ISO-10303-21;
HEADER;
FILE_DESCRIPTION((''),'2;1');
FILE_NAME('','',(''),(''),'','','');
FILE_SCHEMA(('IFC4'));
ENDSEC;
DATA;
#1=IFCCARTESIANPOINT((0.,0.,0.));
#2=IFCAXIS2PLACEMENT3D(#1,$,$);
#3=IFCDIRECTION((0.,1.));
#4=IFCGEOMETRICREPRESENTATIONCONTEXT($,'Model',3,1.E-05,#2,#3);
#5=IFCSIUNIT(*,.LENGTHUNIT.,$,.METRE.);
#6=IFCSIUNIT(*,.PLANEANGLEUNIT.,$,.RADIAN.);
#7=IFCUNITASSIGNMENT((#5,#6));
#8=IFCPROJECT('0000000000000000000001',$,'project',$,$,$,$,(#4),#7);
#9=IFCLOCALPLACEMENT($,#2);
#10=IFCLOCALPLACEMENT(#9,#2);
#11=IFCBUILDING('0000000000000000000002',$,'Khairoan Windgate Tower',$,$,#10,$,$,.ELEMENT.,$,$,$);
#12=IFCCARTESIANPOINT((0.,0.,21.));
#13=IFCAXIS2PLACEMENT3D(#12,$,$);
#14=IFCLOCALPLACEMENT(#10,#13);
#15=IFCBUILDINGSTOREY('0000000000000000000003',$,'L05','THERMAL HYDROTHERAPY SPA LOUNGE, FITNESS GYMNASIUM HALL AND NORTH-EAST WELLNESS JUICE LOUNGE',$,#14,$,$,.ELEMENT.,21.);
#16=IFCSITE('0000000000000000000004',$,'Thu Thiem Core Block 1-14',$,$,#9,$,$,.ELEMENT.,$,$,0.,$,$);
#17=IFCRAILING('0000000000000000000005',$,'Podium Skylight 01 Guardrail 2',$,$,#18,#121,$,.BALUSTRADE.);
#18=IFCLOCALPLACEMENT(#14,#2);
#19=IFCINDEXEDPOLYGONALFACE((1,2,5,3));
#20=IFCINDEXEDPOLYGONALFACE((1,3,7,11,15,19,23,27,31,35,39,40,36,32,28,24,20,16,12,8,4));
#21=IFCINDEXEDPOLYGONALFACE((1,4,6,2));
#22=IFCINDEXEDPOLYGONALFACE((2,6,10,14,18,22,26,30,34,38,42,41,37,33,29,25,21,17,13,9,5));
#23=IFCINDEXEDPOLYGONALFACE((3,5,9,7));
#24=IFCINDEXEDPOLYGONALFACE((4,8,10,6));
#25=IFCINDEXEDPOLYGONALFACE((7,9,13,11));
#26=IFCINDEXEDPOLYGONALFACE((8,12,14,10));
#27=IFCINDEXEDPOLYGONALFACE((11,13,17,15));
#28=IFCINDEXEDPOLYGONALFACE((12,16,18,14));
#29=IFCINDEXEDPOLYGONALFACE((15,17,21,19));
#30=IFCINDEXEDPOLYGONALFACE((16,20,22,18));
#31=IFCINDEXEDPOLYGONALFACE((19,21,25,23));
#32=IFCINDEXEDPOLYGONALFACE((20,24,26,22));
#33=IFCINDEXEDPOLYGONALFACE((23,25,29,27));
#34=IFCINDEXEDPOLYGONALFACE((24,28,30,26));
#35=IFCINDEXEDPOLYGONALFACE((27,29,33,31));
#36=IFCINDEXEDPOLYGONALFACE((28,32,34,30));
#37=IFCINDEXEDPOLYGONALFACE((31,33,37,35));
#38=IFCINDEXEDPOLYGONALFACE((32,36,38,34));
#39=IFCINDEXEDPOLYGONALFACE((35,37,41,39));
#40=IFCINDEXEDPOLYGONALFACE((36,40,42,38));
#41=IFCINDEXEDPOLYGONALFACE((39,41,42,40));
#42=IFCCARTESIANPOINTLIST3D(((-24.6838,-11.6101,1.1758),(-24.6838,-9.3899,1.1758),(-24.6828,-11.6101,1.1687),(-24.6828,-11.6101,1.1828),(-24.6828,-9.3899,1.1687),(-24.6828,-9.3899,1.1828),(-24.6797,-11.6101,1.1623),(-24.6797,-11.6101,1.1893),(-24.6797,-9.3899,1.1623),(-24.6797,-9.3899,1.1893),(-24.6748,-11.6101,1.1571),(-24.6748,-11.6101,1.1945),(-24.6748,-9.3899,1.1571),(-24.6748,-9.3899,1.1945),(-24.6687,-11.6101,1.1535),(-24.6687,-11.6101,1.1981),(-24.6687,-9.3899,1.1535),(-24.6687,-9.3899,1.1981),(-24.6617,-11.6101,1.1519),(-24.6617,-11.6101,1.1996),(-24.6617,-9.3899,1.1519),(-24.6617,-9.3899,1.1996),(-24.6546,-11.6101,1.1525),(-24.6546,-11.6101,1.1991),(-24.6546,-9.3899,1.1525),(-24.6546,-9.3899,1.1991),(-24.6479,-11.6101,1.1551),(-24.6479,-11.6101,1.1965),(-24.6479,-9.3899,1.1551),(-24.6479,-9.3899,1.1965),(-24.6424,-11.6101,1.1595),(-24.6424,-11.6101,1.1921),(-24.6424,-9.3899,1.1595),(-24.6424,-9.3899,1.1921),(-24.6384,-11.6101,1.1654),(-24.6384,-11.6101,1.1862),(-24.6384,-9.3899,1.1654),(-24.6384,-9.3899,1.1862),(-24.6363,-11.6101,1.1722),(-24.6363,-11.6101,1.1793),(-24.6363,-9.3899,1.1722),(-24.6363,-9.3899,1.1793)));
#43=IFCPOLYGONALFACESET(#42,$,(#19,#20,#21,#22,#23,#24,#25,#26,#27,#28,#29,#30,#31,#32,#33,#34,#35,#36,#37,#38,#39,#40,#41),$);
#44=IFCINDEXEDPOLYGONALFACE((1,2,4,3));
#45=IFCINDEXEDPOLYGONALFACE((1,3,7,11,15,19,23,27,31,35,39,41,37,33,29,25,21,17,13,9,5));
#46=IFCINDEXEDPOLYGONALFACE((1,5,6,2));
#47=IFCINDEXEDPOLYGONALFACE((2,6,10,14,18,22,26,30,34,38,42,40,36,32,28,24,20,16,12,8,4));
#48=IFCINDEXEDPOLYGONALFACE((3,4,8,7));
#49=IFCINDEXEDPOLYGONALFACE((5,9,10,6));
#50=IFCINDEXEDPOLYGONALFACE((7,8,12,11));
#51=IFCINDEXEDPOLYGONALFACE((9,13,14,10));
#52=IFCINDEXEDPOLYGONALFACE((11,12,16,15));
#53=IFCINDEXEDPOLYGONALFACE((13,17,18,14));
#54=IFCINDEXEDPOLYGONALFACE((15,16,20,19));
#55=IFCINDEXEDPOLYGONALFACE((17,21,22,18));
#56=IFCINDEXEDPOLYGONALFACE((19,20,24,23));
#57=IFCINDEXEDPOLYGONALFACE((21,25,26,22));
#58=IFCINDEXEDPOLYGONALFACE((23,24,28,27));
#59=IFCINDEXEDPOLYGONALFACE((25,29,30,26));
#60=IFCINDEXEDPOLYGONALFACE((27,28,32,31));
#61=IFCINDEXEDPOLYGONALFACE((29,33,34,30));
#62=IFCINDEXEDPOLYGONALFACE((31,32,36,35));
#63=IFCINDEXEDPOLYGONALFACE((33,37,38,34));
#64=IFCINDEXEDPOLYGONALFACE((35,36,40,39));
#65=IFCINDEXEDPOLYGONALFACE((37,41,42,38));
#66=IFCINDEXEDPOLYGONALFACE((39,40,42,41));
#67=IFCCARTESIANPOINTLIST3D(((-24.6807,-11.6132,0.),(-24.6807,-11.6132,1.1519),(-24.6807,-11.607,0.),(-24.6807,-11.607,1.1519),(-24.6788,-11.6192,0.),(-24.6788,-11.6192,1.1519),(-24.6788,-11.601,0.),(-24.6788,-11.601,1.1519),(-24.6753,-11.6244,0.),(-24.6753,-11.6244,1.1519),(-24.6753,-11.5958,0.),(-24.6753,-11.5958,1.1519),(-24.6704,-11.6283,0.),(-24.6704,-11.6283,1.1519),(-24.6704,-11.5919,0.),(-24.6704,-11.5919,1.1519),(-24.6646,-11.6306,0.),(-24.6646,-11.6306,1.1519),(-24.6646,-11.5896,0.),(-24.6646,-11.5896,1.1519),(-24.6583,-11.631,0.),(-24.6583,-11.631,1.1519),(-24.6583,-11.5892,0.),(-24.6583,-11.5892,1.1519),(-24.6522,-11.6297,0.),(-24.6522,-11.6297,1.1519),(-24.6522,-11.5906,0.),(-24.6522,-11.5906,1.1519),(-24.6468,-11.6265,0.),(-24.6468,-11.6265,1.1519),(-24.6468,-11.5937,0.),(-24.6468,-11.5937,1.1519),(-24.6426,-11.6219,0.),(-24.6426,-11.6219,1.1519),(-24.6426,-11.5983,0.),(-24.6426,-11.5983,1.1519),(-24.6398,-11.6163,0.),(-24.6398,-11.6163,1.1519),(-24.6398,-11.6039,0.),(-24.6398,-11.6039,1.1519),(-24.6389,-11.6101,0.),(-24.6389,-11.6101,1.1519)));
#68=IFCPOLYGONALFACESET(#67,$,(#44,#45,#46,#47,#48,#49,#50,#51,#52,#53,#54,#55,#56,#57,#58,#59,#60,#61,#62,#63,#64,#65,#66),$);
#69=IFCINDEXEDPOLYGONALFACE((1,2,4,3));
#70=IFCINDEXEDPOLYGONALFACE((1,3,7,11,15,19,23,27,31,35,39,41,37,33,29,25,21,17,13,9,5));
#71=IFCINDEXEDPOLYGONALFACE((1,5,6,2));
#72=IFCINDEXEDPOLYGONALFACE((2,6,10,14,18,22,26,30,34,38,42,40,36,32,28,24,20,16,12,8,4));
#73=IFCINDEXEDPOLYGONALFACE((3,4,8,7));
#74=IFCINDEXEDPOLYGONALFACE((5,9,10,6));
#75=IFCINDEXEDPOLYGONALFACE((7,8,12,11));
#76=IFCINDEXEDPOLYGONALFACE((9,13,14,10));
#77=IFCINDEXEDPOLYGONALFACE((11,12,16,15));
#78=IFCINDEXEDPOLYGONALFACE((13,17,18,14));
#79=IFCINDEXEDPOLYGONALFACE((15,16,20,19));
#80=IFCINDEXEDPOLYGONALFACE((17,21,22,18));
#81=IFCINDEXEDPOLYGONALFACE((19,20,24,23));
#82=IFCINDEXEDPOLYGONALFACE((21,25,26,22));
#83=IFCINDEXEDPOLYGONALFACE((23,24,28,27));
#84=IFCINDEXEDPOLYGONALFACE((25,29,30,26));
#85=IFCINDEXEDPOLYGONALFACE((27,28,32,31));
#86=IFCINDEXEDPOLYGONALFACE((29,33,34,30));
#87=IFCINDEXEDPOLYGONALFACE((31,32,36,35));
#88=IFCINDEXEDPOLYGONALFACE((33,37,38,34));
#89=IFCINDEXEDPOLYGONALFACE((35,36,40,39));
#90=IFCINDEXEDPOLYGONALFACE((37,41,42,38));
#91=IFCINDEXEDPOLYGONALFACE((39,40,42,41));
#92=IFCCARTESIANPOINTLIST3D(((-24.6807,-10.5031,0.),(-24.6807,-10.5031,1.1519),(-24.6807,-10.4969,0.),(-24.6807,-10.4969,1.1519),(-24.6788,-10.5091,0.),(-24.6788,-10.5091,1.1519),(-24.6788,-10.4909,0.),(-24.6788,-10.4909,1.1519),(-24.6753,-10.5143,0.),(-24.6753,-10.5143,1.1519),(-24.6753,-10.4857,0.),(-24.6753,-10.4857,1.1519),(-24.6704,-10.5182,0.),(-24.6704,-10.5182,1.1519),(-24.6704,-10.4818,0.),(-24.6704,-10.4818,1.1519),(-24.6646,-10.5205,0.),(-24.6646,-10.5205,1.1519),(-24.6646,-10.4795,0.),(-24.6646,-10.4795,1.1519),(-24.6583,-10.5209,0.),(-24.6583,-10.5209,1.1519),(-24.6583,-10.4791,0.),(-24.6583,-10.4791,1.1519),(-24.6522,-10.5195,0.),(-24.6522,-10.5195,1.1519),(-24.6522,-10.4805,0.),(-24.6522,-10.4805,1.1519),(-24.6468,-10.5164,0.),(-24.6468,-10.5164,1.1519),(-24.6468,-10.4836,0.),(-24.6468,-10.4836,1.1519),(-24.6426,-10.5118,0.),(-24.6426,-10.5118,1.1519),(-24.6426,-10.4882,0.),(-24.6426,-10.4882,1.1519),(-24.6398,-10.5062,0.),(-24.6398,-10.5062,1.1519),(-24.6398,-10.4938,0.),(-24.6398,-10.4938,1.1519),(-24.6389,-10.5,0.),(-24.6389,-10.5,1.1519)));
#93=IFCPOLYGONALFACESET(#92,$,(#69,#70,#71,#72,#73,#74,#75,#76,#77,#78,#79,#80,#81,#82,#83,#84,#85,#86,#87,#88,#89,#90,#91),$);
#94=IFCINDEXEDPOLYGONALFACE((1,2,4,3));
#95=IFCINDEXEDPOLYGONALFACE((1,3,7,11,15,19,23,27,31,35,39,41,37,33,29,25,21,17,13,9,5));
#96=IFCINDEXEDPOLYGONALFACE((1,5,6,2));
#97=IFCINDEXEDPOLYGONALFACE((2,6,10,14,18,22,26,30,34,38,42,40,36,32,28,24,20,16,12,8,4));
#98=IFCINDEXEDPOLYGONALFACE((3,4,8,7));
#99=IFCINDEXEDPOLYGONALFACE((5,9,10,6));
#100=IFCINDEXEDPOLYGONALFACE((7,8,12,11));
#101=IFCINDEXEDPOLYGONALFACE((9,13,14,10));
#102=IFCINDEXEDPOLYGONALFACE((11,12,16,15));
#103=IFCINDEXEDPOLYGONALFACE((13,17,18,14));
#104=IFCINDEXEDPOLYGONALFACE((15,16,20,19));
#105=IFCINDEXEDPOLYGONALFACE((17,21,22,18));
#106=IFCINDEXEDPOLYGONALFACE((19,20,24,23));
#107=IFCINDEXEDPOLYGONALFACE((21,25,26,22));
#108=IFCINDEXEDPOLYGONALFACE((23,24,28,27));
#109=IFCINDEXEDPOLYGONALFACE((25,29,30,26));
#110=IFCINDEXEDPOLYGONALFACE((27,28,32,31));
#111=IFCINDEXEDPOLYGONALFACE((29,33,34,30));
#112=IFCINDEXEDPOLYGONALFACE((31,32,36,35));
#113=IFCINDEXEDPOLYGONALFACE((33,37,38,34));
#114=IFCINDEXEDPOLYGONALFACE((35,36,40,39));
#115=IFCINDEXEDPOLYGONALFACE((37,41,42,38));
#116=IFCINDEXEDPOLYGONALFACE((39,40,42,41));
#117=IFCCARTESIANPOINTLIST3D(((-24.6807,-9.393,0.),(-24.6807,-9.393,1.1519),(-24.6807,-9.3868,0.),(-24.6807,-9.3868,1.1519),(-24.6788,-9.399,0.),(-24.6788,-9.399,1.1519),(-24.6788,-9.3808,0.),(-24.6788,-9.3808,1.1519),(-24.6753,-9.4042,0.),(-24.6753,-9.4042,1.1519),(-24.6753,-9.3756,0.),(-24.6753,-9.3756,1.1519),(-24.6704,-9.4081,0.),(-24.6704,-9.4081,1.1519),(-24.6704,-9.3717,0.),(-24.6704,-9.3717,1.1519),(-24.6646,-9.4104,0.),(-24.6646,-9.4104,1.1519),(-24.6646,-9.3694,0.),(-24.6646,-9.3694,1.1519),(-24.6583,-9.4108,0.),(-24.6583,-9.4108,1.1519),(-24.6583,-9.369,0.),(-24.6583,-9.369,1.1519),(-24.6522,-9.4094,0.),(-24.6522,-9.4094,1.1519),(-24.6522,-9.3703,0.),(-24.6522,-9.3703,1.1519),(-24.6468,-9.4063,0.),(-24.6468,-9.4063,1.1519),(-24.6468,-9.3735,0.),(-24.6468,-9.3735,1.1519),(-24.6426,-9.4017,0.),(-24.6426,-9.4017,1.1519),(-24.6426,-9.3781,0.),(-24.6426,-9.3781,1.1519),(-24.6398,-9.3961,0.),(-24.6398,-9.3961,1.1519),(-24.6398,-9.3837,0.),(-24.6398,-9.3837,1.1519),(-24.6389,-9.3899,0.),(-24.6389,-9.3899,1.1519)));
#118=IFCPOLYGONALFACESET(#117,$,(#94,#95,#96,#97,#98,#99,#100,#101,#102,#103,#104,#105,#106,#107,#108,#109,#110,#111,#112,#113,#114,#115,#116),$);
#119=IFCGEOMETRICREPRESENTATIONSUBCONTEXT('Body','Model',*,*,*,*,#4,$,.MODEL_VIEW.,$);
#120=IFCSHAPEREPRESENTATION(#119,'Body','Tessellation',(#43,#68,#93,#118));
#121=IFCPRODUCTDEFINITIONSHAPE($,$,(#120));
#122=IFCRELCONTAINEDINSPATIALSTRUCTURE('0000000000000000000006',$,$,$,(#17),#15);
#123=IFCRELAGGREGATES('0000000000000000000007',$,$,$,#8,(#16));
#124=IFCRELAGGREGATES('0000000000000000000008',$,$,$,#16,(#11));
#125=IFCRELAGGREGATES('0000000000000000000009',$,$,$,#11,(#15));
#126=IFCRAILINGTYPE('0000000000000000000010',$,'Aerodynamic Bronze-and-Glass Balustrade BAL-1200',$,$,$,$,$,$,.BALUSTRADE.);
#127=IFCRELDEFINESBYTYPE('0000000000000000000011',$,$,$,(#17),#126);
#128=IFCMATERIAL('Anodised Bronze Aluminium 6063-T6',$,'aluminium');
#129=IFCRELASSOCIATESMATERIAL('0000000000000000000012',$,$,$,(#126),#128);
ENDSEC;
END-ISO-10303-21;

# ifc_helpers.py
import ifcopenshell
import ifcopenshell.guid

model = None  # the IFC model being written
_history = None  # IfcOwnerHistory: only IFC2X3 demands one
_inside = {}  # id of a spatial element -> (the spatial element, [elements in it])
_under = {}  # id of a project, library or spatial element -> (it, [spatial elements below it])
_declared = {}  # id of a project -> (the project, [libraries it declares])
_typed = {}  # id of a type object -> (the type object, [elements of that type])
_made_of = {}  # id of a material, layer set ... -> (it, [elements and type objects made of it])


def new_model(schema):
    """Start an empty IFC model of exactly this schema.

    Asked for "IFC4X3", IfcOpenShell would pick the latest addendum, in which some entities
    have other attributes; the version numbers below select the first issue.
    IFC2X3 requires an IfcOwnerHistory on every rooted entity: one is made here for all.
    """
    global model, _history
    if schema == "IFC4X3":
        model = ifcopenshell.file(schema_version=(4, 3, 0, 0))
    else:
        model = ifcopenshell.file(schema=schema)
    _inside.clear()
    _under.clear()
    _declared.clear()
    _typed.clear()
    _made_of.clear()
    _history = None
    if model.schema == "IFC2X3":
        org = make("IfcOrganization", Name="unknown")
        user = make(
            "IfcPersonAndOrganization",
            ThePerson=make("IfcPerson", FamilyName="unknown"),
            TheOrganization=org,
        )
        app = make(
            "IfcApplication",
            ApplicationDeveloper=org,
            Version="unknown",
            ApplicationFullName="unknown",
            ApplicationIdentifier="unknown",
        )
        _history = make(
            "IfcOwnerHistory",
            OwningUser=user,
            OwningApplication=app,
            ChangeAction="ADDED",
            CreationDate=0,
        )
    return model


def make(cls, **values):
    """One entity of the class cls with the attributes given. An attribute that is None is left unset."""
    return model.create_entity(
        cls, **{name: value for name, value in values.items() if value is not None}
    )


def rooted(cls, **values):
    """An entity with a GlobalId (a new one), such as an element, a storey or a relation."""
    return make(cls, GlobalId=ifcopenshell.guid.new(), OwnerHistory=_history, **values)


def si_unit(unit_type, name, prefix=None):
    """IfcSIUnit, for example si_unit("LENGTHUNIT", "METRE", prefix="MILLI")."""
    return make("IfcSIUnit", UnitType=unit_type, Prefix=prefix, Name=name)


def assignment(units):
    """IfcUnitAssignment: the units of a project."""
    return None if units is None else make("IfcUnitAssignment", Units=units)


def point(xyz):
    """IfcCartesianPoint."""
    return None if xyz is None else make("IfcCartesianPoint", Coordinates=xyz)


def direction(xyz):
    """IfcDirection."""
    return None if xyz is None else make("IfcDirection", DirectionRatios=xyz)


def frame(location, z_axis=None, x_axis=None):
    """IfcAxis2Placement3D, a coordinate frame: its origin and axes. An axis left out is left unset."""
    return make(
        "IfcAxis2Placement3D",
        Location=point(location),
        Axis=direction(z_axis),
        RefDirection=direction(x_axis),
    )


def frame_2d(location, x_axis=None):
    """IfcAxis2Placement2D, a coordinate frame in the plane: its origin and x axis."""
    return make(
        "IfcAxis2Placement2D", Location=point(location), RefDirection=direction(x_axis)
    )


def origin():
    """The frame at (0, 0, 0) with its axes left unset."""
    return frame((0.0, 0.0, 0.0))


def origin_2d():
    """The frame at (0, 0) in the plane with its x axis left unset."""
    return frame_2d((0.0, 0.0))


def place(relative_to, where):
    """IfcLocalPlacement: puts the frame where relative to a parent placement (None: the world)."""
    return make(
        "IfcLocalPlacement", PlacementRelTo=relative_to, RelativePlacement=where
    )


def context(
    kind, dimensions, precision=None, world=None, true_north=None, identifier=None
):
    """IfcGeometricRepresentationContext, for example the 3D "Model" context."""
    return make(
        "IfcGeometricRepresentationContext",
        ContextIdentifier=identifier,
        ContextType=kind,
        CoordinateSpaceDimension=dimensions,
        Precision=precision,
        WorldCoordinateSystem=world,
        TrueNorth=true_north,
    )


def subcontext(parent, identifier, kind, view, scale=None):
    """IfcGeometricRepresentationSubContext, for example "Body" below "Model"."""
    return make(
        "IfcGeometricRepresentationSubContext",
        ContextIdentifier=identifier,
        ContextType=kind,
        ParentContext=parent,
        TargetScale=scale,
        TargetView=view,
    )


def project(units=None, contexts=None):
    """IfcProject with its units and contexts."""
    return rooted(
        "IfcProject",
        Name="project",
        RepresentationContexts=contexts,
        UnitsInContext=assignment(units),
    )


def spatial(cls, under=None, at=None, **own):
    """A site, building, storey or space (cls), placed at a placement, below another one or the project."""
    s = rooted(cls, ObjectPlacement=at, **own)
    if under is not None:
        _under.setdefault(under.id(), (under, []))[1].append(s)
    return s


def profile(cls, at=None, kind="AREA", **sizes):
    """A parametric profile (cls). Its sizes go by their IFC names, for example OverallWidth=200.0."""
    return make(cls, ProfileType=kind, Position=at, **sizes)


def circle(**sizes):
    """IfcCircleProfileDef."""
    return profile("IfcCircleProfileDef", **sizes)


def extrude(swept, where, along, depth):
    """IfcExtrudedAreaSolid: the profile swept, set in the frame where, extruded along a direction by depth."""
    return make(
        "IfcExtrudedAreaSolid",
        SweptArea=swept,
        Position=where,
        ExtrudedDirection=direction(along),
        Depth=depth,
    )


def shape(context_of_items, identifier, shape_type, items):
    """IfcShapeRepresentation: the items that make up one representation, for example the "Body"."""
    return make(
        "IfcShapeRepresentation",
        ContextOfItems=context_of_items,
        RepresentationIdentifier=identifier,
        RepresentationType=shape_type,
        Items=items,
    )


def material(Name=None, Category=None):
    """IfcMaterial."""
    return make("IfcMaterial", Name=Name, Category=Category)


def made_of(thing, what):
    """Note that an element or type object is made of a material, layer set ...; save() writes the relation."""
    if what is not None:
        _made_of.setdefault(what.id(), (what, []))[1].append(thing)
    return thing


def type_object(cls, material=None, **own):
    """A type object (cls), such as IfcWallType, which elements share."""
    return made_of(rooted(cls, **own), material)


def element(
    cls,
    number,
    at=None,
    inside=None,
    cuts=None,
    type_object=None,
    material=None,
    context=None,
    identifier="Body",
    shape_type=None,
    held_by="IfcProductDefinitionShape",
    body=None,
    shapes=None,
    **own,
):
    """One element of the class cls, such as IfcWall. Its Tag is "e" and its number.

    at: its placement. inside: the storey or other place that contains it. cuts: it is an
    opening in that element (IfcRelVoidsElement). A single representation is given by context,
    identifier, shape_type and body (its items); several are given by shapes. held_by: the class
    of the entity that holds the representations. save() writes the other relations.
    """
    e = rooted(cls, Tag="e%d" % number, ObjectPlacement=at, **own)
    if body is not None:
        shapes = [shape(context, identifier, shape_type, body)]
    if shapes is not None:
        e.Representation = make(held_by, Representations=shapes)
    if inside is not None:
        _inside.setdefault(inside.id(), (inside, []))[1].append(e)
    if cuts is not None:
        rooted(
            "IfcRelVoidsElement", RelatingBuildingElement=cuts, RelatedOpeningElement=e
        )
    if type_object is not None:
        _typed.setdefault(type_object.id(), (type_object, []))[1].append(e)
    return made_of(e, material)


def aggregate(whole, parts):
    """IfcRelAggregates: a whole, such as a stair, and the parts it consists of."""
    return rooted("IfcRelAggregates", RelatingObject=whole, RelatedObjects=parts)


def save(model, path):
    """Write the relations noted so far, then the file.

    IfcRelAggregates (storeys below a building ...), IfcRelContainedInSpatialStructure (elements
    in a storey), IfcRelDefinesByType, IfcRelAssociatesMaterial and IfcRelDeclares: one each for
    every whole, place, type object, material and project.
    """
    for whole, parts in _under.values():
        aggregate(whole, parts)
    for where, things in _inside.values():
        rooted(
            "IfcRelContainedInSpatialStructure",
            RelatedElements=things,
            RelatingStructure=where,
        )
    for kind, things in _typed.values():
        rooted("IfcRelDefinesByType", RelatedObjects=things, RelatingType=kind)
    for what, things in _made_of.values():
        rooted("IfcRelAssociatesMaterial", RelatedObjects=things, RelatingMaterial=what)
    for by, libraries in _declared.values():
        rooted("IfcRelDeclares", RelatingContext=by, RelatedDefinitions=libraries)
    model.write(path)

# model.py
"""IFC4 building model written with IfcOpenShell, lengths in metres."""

from ifc_helpers import new_model, si_unit, direction, frame, origin, origin_2d, place, context, subcontext, project, spatial, circle, extrude, material, type_object, element, save


model = new_model("IFC4")

# Units and contexts
model_context = context("Model", 3, precision=1e-05, world=origin(), true_north=direction((0.0, 1.0)))
body_context = subcontext(model_context, "Body", "Model", "MODEL_VIEW")
ifc_project = project(units=[si_unit("LENGTHUNIT", "METRE"), si_unit("PLANEANGLEUNIT", "RADIAN")], contexts=[model_context])

# Site, building, storey
site_placement = place(None, origin())
site = spatial("IfcSite", under=ifc_project, at=site_placement, Name="Thu Thiem Core Block 1-14", CompositionType="ELEMENT", RefElevation=0.0)
building_placement = place(site_placement, origin())
building = spatial("IfcBuilding", under=site, at=building_placement, Name="Khairoan Windgate Tower", CompositionType="ELEMENT")
storey_placement = place(building_placement, frame((0.0, 0.0, 21.0)))
storey = spatial("IfcBuildingStorey", under=building, at=storey_placement, Name="L05", Description="THERMAL HYDROTHERAPY SPA LOUNGE, FITNESS GYMNASIUM HALL AND NORTH-EAST WELLNESS JUICE LOUNGE", CompositionType="ELEMENT", Elevation=21.0)

# Railing
ifc_material_1 = material(Name="Anodised Bronze Aluminium 6063-T6", Category="aluminium")
railing_type_1 = type_object("IfcRailingType", Name="Aerodynamic Bronze-and-Glass Balustrade BAL-1200", PredefinedType="BALUSTRADE", material=ifc_material_1)
railing_1_placement = place(storey_placement, frame((-24.6599, -11.6101, 0.0)))
element("IfcRailing", 1, at=railing_1_placement, inside=storey, type_object=railing_type_1, Name="Podium Skylight 01 Guardrail 2", PredefinedType="BALUSTRADE", context=body_context, shape_type="SweptSolid", body=[
    extrude(circle(Radius=0.0239, at=origin_2d()), frame((0.0, 0.0, 1.1758), z_axis=(0.0, 1.0, 0.0), x_axis=(-1.0, 0.0, 0.0)), (0.0, 0.0, 1.0), 2.2202),
    extrude(circle(Radius=0.021, at=origin_2d()), origin(), (0.0, 0.0, 1.0), 1.1519),
    extrude(circle(Radius=0.021, at=origin_2d()), frame((0.0, 1.1101, 0.0)), (0.0, 0.0, 1.0), 1.1519),
    extrude(circle(Radius=0.021, at=origin_2d()), frame((0.0, 2.2202, 0.0)), (0.0, 0.0, 1.0), 1.1519),
])

save(model, "model.ifc")
